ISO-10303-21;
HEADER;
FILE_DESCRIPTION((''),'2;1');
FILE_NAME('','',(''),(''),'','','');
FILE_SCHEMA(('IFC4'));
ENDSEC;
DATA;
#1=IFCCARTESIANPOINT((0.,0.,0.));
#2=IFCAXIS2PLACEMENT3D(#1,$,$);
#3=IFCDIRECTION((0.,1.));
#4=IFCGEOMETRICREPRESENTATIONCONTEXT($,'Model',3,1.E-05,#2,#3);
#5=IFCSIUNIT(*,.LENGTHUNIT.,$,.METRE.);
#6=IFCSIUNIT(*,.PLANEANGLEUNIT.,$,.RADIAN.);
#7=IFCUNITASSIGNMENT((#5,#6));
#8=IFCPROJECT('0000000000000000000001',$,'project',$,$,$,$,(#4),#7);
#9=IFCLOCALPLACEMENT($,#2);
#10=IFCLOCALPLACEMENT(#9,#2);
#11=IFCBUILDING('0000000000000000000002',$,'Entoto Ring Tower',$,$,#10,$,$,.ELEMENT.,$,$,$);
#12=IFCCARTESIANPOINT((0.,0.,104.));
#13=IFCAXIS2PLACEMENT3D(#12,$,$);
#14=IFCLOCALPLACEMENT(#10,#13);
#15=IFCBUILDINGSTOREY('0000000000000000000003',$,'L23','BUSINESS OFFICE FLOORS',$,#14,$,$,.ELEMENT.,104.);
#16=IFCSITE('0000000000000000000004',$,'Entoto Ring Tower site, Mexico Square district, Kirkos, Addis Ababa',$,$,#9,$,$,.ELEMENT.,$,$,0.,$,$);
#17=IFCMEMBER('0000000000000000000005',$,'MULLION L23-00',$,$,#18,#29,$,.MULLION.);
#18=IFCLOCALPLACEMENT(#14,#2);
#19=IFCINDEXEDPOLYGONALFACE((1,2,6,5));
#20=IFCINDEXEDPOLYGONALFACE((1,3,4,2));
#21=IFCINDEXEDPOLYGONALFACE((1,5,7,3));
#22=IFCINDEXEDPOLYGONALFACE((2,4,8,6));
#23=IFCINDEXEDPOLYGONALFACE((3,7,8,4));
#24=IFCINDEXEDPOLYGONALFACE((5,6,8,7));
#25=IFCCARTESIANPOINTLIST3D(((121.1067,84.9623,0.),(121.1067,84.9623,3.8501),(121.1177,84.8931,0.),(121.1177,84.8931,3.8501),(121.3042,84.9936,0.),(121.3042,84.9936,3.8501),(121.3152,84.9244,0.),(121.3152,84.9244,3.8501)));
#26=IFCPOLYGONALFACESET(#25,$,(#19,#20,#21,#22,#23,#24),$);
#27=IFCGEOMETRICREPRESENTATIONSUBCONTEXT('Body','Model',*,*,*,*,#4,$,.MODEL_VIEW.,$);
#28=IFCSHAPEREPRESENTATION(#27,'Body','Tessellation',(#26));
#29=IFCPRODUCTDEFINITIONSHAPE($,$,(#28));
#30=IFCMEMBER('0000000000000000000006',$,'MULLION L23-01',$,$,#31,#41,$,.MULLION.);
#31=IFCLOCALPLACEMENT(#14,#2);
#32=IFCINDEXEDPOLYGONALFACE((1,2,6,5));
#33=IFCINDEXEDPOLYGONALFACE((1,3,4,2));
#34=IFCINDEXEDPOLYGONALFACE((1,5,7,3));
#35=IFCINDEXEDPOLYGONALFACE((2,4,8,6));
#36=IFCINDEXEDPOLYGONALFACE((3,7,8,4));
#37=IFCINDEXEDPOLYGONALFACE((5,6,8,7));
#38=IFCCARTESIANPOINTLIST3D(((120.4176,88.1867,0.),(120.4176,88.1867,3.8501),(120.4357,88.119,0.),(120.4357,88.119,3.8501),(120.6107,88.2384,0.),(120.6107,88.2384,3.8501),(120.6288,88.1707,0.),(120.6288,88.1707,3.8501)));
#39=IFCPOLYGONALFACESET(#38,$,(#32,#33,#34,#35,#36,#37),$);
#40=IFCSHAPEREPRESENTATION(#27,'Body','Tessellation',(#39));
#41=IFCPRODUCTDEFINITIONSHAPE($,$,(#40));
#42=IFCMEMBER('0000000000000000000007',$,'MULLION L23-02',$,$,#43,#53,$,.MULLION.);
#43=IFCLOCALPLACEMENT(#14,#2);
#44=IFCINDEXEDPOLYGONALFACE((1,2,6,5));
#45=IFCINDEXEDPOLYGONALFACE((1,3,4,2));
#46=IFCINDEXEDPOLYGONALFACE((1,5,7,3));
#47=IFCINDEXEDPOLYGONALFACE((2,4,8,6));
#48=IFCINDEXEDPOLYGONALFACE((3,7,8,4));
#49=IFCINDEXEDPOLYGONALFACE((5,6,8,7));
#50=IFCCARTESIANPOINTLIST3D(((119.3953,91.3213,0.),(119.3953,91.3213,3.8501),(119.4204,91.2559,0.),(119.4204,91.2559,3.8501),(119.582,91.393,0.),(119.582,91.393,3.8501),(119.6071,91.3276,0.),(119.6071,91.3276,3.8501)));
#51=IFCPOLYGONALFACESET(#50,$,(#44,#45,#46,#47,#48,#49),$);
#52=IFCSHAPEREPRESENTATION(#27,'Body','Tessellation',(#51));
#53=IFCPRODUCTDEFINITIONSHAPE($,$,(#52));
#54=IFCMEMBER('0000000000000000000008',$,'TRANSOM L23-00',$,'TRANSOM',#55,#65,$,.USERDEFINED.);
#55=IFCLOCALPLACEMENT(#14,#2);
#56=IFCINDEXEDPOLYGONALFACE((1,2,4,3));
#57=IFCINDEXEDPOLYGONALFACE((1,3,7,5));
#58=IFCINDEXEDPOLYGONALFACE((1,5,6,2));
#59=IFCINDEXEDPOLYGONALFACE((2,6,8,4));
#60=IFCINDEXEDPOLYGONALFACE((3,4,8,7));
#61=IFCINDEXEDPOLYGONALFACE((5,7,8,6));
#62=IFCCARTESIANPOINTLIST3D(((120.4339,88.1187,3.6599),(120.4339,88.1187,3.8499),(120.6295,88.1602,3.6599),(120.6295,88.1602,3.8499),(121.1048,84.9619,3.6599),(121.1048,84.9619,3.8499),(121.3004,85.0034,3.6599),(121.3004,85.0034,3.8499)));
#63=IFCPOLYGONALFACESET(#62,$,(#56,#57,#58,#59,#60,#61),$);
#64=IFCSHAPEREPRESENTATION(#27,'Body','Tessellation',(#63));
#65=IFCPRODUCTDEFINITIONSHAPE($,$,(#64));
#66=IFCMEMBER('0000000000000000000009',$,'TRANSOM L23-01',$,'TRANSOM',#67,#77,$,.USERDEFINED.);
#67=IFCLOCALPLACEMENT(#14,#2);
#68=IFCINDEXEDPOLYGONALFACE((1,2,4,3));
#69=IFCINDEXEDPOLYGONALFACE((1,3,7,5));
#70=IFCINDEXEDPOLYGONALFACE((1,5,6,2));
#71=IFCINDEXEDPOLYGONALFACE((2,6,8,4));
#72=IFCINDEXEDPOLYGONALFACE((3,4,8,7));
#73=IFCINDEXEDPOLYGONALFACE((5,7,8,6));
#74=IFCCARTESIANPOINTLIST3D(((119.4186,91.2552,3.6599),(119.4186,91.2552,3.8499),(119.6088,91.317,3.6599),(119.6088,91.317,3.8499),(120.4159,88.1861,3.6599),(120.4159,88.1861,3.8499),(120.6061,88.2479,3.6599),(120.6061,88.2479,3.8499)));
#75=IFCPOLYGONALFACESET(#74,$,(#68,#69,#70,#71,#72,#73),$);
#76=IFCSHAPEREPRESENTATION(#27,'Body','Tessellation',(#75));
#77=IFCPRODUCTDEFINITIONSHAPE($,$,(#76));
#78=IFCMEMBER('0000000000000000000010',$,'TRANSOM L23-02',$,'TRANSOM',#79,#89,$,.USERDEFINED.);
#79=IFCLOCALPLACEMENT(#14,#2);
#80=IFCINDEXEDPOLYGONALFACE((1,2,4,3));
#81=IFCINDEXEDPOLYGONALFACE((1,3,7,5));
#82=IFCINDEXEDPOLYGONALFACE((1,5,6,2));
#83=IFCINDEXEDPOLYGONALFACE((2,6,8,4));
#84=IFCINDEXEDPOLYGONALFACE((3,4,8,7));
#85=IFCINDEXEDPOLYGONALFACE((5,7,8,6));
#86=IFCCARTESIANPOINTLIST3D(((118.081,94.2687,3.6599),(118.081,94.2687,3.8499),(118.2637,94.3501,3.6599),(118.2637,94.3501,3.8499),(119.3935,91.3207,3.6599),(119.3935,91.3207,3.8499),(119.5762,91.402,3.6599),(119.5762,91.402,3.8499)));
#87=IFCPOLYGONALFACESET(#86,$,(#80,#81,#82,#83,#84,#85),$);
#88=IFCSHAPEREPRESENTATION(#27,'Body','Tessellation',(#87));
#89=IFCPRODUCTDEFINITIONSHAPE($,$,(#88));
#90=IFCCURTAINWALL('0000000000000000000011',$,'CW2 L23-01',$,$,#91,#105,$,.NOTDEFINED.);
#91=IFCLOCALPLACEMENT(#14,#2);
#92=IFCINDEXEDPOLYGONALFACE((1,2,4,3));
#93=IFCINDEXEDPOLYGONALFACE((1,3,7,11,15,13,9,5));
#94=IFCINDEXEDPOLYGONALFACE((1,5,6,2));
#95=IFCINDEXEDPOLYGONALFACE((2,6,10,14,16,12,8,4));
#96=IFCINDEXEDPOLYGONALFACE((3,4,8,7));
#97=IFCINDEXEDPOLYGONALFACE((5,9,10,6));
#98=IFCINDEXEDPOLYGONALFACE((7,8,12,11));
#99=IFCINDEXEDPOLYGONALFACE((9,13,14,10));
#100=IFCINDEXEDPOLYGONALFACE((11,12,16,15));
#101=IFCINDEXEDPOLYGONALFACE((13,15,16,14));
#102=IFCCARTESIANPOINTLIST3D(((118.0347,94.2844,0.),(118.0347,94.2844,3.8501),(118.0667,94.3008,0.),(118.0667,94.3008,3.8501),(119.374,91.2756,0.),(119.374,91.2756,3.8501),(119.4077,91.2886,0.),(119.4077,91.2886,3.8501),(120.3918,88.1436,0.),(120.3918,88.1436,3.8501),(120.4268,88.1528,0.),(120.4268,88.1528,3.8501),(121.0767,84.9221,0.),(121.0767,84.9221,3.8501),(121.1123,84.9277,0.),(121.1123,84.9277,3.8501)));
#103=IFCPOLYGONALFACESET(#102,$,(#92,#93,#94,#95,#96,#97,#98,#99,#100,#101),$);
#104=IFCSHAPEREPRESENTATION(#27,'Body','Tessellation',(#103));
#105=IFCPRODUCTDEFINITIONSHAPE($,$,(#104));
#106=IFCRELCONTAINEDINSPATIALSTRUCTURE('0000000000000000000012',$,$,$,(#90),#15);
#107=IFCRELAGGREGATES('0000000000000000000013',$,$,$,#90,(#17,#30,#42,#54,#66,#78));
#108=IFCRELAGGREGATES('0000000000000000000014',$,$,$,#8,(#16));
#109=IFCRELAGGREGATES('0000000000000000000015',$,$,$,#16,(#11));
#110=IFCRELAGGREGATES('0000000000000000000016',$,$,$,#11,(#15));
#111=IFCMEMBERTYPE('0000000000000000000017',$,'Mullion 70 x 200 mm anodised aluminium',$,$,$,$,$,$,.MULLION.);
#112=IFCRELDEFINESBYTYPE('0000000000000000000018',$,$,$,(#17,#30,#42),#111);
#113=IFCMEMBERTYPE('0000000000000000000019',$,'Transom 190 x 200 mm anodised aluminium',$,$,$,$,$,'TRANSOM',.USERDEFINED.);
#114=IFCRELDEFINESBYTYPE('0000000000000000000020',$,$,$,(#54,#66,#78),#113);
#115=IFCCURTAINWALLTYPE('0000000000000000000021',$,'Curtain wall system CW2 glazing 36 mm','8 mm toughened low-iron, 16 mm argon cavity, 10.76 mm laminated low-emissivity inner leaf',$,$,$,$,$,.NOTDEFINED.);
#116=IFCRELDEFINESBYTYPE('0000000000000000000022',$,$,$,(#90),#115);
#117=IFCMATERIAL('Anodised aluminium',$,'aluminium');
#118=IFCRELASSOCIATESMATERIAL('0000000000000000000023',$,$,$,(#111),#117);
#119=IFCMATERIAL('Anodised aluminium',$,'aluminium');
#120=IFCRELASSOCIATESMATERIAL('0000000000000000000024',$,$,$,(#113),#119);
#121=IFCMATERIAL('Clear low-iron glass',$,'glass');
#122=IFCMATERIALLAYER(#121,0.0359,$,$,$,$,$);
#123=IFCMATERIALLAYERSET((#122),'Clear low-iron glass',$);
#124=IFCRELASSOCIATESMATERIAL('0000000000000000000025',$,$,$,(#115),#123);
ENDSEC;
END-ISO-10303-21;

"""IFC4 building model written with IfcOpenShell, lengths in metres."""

from ifc_helpers import new_model, si_unit, direction, frame, origin, origin_2d, place, context, subcontext, project, spatial, polyline, rectangle, outline, extrude, material, layer, layer_set, material_profile, profile_set, type_object, element, aggregate, save


model = new_model("IFC4")

# Units and contexts
model_context = context("Model", 3, precision=1e-05, world=origin(), true_north=direction((0.0, 1.0)))
body_context = subcontext(model_context, "Body", "Model", "MODEL_VIEW")
ifc_project = project(units=[si_unit("LENGTHUNIT", "METRE"), si_unit("PLANEANGLEUNIT", "RADIAN")], contexts=[model_context])

# Members
ifc_material_1 = material(Name="Anodised aluminium", Category="aluminium")
ifc_material_profile_1 = material_profile(ifc_material_1, rectangle(XDim=0.0701, YDim=0.2, at=origin_2d()), Name="Mullion 70 x 200 mm anodised aluminium")
ifc_profile_set_1 = profile_set([ifc_material_profile_1], Name="Anodised aluminium")
member_type_1 = type_object("IfcMemberType", Name="Mullion 70 x 200 mm anodised aluminium", PredefinedType="MULLION", material=ifc_profile_set_1)
site_placement = place(None, origin())
building_placement = place(site_placement, origin())
storey_placement = place(building_placement, frame((0.0, 0.0, 104.0)))
member_1_placement = place(storey_placement, frame((121.2109, 84.9434, 0.0), z_axis=(0.0, 0.0, 1.0), x_axis=(-0.156434, 0.987688, 0.0)))
member_1 = element("IfcMember", 1, at=member_1_placement, type_object=member_type_1, Name="MULLION L23-00", PredefinedType="MULLION", context=body_context, shape_type="SweptSolid", body=[
    extrude(rectangle(XDim=0.0701, YDim=0.2, at=origin_2d()), origin(), (0.0, 0.0, 1.0), 3.8501),
])
member_2_placement = place(storey_placement, frame((120.5232, 88.1787, 0.0), z_axis=(0.0, 0.0, 1.0), x_axis=(-0.258819, 0.965926, 0.0)))
member_2 = element("IfcMember", 2, at=member_2_placement, type_object=member_type_1, Name="MULLION L23-01", PredefinedType="MULLION", context=body_context, shape_type="SweptSolid", body=[
    extrude(rectangle(XDim=0.0701, YDim=0.2, at=origin_2d()), origin(), (0.0, 0.0, 1.0), 3.8501),
])
member_3_placement = place(storey_placement, frame((119.5012, 91.3245, 0.0), z_axis=(0.0, 0.0, 1.0), x_axis=(-0.358368, 0.93358, 0.0)))
member_3 = element("IfcMember", 3, at=member_3_placement, type_object=member_type_1, Name="MULLION L23-02", PredefinedType="MULLION", context=body_context, shape_type="SweptSolid", body=[
    extrude(rectangle(XDim=0.0701, YDim=0.2, at=origin_2d()), origin(), (0.0, 0.0, 1.0), 3.8501),
])
ifc_material_2 = material(Name="Anodised aluminium", Category="aluminium")
ifc_material_profile_2 = material_profile(ifc_material_2, rectangle(XDim=0.2, YDim=0.1899, at=origin_2d()), Name="Transom 190 x 200 mm anodised aluminium")
ifc_profile_set_2 = profile_set([ifc_material_profile_2], Name="Anodised aluminium")
member_type_2 = type_object("IfcMemberType", Name="Transom 190 x 200 mm anodised aluminium", ElementType="TRANSOM", PredefinedType="USERDEFINED", material=ifc_profile_set_2)
member_4_placement = place(storey_placement, frame((121.2026, 84.9827, 3.7549), z_axis=(-0.207886, 0.978153, 0.0), x_axis=(-0.978153, -0.207886, 0.0)))
member_4 = element("IfcMember", 4, at=member_4_placement, type_object=member_type_2, Name="TRANSOM L23-00", ObjectType="TRANSOM", PredefinedType="USERDEFINED", context=body_context, shape_type="SweptSolid", body=[
    extrude(rectangle(XDim=0.2, YDim=0.1899, at=origin_2d()), origin(), (0.0, 0.0, 1.0), 3.2273),
])
member_5_placement = place(storey_placement, frame((120.511, 88.217, 3.7549), z_axis=(-0.309047, 0.951047, 0.0), x_axis=(-0.951047, -0.309047, 0.0)))
member_5 = element("IfcMember", 5, at=member_5_placement, type_object=member_type_2, Name="TRANSOM L23-01", ObjectType="TRANSOM", PredefinedType="USERDEFINED", context=body_context, shape_type="SweptSolid", body=[
    extrude(rectangle(XDim=0.2, YDim=0.1899, at=origin_2d()), origin(), (0.0, 0.0, 1.0), 3.2271),
])
member_6_placement = place(storey_placement, frame((119.4849, 91.3613, 3.7549), z_axis=(-0.406728, 0.913549, 0.0), x_axis=(-0.913549, -0.406728, 0.0)))
member_6 = element("IfcMember", 6, at=member_6_placement, type_object=member_type_2, Name="TRANSOM L23-02", ObjectType="TRANSOM", PredefinedType="USERDEFINED", context=body_context, shape_type="SweptSolid", body=[
    extrude(rectangle(XDim=0.2, YDim=0.1899, at=origin_2d()), origin(), (0.0, 0.0, 1.0), 3.2271),
])

# Site, building, storey
site = spatial("IfcSite", under=ifc_project, at=site_placement, Name="Entoto Ring Tower site, Mexico Square district, Kirkos, Addis Ababa", CompositionType="ELEMENT", RefElevation=0.0)
building = spatial("IfcBuilding", under=site, at=building_placement, Name="Entoto Ring Tower", CompositionType="ELEMENT")
storey = spatial("IfcBuildingStorey", under=building, at=storey_placement, Name="L23", Description="BUSINESS OFFICE FLOORS", CompositionType="ELEMENT", Elevation=104.0)

# Curtain wall
ifc_material_3 = material(Name="Clear low-iron glass", Category="glass")
ifc_layer_1 = layer(ifc_material_3, 0.0359)
ifc_layer_set_1 = layer_set([ifc_layer_1], Name="Clear low-iron glass")
curtain_wall_type = type_object("IfcCurtainWallType", Name="Curtain wall system CW2 glazing 36 mm", Description="8 mm toughened low-iron, 16 mm argon cavity, 10.76 mm laminated low-emissivity inner leaf", PredefinedType="NOTDEFINED", material=ifc_layer_set_1)
curtain_wall_1_placement = place(storey_placement, origin())
curtain_wall_1 = element("IfcCurtainWall", 7, at=curtain_wall_1_placement, inside=storey, type_object=curtain_wall_type, Name="CW2 L23-01", PredefinedType="NOTDEFINED", context=body_context, shape_type="SweptSolid", body=[
    extrude(outline(polyline([(121.1123, 84.9277), (120.4268, 88.1528), (119.4077, 91.2886), (118.0667, 94.3008), (118.0347, 94.2844), (119.374, 91.2756), (120.3918, 88.1436), (121.0767, 84.9221), (121.1123, 84.9277)])), origin(), (0.0, 0.0, 1.0), 3.8501),
])
aggregate(curtain_wall_1, [member_1, member_2, member_3, member_4, member_5, member_6])

save(model, "model.ifc")
